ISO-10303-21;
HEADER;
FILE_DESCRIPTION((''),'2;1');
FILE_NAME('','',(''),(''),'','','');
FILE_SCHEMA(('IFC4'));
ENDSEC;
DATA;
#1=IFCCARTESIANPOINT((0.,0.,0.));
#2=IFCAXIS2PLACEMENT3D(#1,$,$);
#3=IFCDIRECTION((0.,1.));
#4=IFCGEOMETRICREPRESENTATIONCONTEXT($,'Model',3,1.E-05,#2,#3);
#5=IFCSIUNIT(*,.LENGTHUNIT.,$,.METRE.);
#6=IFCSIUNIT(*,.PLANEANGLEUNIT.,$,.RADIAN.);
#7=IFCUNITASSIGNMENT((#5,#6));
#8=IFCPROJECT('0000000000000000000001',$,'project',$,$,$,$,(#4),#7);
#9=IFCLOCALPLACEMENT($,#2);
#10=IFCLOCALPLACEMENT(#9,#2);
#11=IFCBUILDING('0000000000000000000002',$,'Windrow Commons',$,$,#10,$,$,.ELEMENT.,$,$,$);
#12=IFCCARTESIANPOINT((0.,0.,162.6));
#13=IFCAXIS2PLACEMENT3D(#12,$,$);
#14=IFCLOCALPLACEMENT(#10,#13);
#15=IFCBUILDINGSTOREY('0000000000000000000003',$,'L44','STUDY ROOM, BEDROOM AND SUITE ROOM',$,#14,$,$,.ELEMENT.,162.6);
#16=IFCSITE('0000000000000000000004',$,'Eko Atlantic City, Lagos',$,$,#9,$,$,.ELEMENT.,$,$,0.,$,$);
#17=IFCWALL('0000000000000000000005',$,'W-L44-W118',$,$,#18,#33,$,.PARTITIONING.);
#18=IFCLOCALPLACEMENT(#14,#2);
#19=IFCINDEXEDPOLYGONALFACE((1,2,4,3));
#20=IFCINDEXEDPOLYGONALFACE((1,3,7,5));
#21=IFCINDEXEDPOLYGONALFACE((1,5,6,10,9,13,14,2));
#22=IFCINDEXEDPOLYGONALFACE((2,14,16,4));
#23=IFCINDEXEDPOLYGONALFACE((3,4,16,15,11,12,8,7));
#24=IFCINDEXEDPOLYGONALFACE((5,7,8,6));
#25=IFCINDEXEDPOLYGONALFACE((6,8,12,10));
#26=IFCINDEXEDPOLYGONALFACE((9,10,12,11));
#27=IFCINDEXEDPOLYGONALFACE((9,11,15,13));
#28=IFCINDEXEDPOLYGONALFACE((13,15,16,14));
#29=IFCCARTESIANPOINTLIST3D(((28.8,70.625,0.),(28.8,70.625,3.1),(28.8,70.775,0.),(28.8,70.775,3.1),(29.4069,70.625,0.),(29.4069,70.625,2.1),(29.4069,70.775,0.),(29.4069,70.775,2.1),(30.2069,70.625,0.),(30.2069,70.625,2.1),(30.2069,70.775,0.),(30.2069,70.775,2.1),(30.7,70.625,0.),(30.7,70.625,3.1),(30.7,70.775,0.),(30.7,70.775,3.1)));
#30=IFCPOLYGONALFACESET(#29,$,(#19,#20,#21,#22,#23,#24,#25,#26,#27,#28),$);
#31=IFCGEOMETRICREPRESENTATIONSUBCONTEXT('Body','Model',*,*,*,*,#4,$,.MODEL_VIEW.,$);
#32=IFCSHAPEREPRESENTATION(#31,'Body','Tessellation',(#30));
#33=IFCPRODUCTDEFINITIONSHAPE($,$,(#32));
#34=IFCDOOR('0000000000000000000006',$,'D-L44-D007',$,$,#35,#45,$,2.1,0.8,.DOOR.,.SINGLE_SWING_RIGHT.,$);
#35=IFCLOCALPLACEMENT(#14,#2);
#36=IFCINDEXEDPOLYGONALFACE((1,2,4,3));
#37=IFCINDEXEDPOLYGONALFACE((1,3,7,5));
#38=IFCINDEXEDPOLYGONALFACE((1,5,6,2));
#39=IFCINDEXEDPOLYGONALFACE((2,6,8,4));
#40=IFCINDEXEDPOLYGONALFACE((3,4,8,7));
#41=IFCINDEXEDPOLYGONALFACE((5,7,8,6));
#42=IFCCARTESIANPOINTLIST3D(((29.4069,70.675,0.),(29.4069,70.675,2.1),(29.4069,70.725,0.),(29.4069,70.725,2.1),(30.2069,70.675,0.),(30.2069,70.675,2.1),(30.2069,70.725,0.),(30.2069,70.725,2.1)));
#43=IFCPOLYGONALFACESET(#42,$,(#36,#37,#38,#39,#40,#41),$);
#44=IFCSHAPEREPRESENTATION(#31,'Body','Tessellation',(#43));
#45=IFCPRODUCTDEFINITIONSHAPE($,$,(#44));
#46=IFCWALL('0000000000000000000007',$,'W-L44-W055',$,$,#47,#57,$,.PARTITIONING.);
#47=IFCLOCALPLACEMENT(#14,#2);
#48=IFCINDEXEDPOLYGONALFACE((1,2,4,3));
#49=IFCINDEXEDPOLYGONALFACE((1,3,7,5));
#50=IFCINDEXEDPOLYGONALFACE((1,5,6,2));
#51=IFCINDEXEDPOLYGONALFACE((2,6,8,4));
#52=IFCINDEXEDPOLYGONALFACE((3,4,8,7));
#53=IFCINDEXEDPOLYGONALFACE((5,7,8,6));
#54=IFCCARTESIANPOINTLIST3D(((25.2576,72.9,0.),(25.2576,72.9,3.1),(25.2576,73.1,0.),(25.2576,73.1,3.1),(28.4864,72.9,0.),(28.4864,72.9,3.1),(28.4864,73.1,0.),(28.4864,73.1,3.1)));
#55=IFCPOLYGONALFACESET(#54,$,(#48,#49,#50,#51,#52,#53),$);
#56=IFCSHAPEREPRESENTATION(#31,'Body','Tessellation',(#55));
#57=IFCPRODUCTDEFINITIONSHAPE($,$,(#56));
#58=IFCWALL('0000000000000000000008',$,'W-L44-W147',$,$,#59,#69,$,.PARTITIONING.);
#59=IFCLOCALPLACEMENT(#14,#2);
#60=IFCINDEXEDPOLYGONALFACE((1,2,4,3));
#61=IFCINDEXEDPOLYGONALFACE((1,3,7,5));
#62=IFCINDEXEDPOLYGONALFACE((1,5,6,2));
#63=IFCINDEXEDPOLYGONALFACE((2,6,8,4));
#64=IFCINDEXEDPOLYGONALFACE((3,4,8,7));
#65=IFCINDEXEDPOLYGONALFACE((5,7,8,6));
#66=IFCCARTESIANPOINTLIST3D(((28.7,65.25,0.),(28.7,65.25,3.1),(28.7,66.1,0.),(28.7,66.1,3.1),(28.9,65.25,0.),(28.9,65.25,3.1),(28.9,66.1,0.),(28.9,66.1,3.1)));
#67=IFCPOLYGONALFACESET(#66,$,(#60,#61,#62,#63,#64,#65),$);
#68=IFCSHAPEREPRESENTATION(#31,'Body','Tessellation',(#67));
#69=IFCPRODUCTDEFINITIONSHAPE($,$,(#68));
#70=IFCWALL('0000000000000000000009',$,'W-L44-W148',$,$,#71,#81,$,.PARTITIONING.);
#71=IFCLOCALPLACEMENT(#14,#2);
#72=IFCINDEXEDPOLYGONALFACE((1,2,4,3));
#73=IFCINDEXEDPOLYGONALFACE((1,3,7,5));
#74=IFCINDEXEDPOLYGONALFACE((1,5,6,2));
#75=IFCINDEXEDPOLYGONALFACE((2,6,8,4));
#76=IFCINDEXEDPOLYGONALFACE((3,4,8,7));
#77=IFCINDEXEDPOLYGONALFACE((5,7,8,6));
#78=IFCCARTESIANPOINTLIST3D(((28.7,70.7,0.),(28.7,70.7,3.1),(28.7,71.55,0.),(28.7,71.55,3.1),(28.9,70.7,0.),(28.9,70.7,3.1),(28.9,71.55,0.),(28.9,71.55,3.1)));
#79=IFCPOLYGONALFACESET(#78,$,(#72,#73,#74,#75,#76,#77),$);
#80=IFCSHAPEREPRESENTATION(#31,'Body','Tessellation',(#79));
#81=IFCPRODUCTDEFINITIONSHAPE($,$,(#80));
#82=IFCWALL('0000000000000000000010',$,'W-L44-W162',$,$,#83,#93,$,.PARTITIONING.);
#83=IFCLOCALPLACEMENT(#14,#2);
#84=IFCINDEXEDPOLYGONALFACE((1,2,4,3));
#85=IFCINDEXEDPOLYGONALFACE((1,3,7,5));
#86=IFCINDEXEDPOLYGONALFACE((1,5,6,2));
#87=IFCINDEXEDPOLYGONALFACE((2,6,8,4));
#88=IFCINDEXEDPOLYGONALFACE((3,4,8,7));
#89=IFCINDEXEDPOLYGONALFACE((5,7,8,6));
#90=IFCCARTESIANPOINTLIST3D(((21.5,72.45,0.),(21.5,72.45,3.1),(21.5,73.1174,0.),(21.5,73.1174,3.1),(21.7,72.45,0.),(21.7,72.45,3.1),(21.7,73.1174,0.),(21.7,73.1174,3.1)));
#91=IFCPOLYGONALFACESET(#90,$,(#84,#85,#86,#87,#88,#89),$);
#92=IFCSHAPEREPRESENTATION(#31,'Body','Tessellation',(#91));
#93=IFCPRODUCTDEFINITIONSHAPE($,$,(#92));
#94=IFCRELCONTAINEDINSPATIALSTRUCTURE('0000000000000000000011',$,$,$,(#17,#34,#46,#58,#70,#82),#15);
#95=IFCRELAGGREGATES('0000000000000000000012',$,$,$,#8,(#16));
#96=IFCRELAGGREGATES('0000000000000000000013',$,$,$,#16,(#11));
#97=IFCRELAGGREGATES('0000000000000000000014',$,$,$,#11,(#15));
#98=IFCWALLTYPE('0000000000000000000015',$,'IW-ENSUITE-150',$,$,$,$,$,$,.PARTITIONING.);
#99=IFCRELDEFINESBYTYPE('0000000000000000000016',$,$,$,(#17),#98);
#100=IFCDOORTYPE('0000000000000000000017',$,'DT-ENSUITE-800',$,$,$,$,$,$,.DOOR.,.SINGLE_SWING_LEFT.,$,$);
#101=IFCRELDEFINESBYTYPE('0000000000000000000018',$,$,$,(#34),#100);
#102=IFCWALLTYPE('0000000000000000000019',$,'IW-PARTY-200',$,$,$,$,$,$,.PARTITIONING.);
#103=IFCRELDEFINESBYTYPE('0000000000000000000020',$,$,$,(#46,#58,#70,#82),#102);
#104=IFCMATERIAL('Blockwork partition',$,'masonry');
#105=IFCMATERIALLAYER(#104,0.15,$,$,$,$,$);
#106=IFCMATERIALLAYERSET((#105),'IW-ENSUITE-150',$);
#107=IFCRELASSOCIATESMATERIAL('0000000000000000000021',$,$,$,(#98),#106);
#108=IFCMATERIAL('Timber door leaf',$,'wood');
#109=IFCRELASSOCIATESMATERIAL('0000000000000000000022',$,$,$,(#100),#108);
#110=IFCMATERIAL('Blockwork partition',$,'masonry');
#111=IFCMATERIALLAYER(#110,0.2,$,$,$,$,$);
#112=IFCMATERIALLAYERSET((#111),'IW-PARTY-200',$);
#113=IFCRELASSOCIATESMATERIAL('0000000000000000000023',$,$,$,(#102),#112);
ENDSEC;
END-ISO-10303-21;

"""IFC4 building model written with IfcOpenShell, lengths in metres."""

from ifc_helpers import new_model, si_unit, direction, frame, frame_2d, origin, place, context, subcontext, project, spatial, rectangle, extrude, material, layer, layer_set, type_object, element, fill, save


model = new_model("IFC4")

# Units and contexts
model_context = context("Model", 3, precision=1e-05, world=origin(), true_north=direction((0.0, 1.0)))
body_context = subcontext(model_context, "Body", "Model", "MODEL_VIEW")
ifc_project = project(units=[si_unit("LENGTHUNIT", "METRE"), si_unit("PLANEANGLEUNIT", "RADIAN")], contexts=[model_context])

# Site, building, storey
site_placement = place(None, origin())
site = spatial("IfcSite", under=ifc_project, at=site_placement, Name="Eko Atlantic City, Lagos", CompositionType="ELEMENT", RefElevation=0.0)
building_placement = place(site_placement, origin())
building = spatial("IfcBuilding", under=site, at=building_placement, Name="Windrow Commons", CompositionType="ELEMENT")
storey_placement = place(building_placement, frame((0.0, 0.0, 162.6)))
storey = spatial("IfcBuildingStorey", under=building, at=storey_placement, Name="L44", Description="STUDY ROOM, BEDROOM AND SUITE ROOM", CompositionType="ELEMENT", Elevation=162.6)

# Shared definitions
ifc_material_1 = material(Name="Blockwork partition", Category="masonry")
ifc_layer_1 = layer(ifc_material_1, 0.15)
ifc_layer_set_1 = layer_set([ifc_layer_1], Name="IW-ENSUITE-150")
wall_type_1 = type_object("IfcWallType", Name="IW-ENSUITE-150", PredefinedType="PARTITIONING", material=ifc_layer_set_1)

# Wall, opening, door
wall_1_placement = place(storey_placement, frame((28.8, 70.7, 0.0), z_axis=(0.0, 0.0, 1.0), x_axis=(1.0, 0.0, 0.0)))
wall_1 = element("IfcWall", 1, at=wall_1_placement, inside=storey, type_object=wall_type_1, Name="W-L44-W118", PredefinedType="PARTITIONING", context=body_context, shape_type="SweptSolid", body=[
    extrude(rectangle(XDim=1.9, YDim=0.15, at=frame_2d((0.95, 0.0))), origin(), (0.0, 0.0, 1.0), 3.1),
])
opening_1_placement = place(wall_1_placement, frame((0.6069, 0.0, 0.0)))
opening_1 = element("IfcOpeningElement", 2, at=opening_1_placement, cuts=wall_1, PredefinedType="OPENING", context=body_context, shape_type="SweptSolid", body=[
    extrude(rectangle(XDim=0.8, YDim=2.1, at=frame_2d((0.4, 1.05))), frame((0.0, 0.085, 0.0), z_axis=(0.0, -1.0, 0.0), x_axis=(1.0, 0.0, 0.0)), (0.0, 0.0, 1.0), 0.17),
])
ifc_material_2 = material(Name="Timber door leaf", Category="wood")
door_type = type_object("IfcDoorType", Name="DT-ENSUITE-800", OperationType="SINGLE_SWING_LEFT", PredefinedType="DOOR", material=ifc_material_2)
door_placement = place(opening_1_placement, origin())
door = element("IfcDoor", 3, at=door_placement, inside=storey, type_object=door_type, Name="D-L44-D007", OperationType="SINGLE_SWING_RIGHT", OverallHeight=2.1, OverallWidth=0.8, PredefinedType="DOOR", context=body_context, shape_type="SweptSolid", body=[
    extrude(rectangle(XDim=0.8, YDim=2.1, at=frame_2d((0.4, 1.05))), frame((0.0, 0.025, 0.0), z_axis=(0.0, -1.0, 0.0), x_axis=(1.0, 0.0, 0.0)), (0.0, 0.0, 1.0), 0.05),
])
fill(opening_1, door)

# Walls
ifc_material_3 = material(Name="Blockwork partition", Category="masonry")
ifc_layer_2 = layer(ifc_material_3, 0.2)
ifc_layer_set_2 = layer_set([ifc_layer_2], Name="IW-PARTY-200")
wall_type_2 = type_object("IfcWallType", Name="IW-PARTY-200", PredefinedType="PARTITIONING", material=ifc_layer_set_2)
wall_2_placement = place(storey_placement, frame((25.2576, 73.0, 0.0), z_axis=(0.0, 0.0, 1.0), x_axis=(1.0, 0.0, 0.0)))
element("IfcWall", 4, at=wall_2_placement, inside=storey, type_object=wall_type_2, Name="W-L44-W055", PredefinedType="PARTITIONING", context=body_context, shape_type="SweptSolid", body=[
    extrude(rectangle(XDim=3.2288, YDim=0.2, at=frame_2d((1.6144, 0.0))), origin(), (0.0, 0.0, 1.0), 3.1),
])
for number, where, z_axis, x_axis, name in (
    (5, (28.8, 65.25, 0.0), (0.0, 0.0, 1.0), (0.0, 1.0, 0.0), "W-L44-W147"),
    (6, (28.8, 70.7, 0.0), (0.0, 0.0, 1.0), (0.0, 1.0, 0.0), "W-L44-W148"),
):
    element("IfcWall", number, at=place(storey_placement, frame(where, z_axis=z_axis, x_axis=x_axis)), inside=storey, type_object=wall_type_2, Name=name, PredefinedType="PARTITIONING", context=body_context, shape_type="SweptSolid", body=[
        extrude(rectangle(XDim=0.85, YDim=0.2, at=frame_2d((0.425, 0.0))), origin(), (0.0, 0.0, 1.0), 3.1),
    ])
wall_3_placement = place(storey_placement, frame((21.6, 72.45, 0.0), z_axis=(0.0, 0.0, 1.0), x_axis=(0.0, 1.0, 0.0)))
element("IfcWall", 7, at=wall_3_placement, inside=storey, type_object=wall_type_2, Name="W-L44-W162", PredefinedType="PARTITIONING", context=body_context, shape_type="SweptSolid", body=[
    extrude(rectangle(XDim=0.6675, YDim=0.2, at=frame_2d((0.3337, 0.0))), origin(), (0.0, 0.0, 1.0), 3.1),
])

save(model, "model.ifc")
